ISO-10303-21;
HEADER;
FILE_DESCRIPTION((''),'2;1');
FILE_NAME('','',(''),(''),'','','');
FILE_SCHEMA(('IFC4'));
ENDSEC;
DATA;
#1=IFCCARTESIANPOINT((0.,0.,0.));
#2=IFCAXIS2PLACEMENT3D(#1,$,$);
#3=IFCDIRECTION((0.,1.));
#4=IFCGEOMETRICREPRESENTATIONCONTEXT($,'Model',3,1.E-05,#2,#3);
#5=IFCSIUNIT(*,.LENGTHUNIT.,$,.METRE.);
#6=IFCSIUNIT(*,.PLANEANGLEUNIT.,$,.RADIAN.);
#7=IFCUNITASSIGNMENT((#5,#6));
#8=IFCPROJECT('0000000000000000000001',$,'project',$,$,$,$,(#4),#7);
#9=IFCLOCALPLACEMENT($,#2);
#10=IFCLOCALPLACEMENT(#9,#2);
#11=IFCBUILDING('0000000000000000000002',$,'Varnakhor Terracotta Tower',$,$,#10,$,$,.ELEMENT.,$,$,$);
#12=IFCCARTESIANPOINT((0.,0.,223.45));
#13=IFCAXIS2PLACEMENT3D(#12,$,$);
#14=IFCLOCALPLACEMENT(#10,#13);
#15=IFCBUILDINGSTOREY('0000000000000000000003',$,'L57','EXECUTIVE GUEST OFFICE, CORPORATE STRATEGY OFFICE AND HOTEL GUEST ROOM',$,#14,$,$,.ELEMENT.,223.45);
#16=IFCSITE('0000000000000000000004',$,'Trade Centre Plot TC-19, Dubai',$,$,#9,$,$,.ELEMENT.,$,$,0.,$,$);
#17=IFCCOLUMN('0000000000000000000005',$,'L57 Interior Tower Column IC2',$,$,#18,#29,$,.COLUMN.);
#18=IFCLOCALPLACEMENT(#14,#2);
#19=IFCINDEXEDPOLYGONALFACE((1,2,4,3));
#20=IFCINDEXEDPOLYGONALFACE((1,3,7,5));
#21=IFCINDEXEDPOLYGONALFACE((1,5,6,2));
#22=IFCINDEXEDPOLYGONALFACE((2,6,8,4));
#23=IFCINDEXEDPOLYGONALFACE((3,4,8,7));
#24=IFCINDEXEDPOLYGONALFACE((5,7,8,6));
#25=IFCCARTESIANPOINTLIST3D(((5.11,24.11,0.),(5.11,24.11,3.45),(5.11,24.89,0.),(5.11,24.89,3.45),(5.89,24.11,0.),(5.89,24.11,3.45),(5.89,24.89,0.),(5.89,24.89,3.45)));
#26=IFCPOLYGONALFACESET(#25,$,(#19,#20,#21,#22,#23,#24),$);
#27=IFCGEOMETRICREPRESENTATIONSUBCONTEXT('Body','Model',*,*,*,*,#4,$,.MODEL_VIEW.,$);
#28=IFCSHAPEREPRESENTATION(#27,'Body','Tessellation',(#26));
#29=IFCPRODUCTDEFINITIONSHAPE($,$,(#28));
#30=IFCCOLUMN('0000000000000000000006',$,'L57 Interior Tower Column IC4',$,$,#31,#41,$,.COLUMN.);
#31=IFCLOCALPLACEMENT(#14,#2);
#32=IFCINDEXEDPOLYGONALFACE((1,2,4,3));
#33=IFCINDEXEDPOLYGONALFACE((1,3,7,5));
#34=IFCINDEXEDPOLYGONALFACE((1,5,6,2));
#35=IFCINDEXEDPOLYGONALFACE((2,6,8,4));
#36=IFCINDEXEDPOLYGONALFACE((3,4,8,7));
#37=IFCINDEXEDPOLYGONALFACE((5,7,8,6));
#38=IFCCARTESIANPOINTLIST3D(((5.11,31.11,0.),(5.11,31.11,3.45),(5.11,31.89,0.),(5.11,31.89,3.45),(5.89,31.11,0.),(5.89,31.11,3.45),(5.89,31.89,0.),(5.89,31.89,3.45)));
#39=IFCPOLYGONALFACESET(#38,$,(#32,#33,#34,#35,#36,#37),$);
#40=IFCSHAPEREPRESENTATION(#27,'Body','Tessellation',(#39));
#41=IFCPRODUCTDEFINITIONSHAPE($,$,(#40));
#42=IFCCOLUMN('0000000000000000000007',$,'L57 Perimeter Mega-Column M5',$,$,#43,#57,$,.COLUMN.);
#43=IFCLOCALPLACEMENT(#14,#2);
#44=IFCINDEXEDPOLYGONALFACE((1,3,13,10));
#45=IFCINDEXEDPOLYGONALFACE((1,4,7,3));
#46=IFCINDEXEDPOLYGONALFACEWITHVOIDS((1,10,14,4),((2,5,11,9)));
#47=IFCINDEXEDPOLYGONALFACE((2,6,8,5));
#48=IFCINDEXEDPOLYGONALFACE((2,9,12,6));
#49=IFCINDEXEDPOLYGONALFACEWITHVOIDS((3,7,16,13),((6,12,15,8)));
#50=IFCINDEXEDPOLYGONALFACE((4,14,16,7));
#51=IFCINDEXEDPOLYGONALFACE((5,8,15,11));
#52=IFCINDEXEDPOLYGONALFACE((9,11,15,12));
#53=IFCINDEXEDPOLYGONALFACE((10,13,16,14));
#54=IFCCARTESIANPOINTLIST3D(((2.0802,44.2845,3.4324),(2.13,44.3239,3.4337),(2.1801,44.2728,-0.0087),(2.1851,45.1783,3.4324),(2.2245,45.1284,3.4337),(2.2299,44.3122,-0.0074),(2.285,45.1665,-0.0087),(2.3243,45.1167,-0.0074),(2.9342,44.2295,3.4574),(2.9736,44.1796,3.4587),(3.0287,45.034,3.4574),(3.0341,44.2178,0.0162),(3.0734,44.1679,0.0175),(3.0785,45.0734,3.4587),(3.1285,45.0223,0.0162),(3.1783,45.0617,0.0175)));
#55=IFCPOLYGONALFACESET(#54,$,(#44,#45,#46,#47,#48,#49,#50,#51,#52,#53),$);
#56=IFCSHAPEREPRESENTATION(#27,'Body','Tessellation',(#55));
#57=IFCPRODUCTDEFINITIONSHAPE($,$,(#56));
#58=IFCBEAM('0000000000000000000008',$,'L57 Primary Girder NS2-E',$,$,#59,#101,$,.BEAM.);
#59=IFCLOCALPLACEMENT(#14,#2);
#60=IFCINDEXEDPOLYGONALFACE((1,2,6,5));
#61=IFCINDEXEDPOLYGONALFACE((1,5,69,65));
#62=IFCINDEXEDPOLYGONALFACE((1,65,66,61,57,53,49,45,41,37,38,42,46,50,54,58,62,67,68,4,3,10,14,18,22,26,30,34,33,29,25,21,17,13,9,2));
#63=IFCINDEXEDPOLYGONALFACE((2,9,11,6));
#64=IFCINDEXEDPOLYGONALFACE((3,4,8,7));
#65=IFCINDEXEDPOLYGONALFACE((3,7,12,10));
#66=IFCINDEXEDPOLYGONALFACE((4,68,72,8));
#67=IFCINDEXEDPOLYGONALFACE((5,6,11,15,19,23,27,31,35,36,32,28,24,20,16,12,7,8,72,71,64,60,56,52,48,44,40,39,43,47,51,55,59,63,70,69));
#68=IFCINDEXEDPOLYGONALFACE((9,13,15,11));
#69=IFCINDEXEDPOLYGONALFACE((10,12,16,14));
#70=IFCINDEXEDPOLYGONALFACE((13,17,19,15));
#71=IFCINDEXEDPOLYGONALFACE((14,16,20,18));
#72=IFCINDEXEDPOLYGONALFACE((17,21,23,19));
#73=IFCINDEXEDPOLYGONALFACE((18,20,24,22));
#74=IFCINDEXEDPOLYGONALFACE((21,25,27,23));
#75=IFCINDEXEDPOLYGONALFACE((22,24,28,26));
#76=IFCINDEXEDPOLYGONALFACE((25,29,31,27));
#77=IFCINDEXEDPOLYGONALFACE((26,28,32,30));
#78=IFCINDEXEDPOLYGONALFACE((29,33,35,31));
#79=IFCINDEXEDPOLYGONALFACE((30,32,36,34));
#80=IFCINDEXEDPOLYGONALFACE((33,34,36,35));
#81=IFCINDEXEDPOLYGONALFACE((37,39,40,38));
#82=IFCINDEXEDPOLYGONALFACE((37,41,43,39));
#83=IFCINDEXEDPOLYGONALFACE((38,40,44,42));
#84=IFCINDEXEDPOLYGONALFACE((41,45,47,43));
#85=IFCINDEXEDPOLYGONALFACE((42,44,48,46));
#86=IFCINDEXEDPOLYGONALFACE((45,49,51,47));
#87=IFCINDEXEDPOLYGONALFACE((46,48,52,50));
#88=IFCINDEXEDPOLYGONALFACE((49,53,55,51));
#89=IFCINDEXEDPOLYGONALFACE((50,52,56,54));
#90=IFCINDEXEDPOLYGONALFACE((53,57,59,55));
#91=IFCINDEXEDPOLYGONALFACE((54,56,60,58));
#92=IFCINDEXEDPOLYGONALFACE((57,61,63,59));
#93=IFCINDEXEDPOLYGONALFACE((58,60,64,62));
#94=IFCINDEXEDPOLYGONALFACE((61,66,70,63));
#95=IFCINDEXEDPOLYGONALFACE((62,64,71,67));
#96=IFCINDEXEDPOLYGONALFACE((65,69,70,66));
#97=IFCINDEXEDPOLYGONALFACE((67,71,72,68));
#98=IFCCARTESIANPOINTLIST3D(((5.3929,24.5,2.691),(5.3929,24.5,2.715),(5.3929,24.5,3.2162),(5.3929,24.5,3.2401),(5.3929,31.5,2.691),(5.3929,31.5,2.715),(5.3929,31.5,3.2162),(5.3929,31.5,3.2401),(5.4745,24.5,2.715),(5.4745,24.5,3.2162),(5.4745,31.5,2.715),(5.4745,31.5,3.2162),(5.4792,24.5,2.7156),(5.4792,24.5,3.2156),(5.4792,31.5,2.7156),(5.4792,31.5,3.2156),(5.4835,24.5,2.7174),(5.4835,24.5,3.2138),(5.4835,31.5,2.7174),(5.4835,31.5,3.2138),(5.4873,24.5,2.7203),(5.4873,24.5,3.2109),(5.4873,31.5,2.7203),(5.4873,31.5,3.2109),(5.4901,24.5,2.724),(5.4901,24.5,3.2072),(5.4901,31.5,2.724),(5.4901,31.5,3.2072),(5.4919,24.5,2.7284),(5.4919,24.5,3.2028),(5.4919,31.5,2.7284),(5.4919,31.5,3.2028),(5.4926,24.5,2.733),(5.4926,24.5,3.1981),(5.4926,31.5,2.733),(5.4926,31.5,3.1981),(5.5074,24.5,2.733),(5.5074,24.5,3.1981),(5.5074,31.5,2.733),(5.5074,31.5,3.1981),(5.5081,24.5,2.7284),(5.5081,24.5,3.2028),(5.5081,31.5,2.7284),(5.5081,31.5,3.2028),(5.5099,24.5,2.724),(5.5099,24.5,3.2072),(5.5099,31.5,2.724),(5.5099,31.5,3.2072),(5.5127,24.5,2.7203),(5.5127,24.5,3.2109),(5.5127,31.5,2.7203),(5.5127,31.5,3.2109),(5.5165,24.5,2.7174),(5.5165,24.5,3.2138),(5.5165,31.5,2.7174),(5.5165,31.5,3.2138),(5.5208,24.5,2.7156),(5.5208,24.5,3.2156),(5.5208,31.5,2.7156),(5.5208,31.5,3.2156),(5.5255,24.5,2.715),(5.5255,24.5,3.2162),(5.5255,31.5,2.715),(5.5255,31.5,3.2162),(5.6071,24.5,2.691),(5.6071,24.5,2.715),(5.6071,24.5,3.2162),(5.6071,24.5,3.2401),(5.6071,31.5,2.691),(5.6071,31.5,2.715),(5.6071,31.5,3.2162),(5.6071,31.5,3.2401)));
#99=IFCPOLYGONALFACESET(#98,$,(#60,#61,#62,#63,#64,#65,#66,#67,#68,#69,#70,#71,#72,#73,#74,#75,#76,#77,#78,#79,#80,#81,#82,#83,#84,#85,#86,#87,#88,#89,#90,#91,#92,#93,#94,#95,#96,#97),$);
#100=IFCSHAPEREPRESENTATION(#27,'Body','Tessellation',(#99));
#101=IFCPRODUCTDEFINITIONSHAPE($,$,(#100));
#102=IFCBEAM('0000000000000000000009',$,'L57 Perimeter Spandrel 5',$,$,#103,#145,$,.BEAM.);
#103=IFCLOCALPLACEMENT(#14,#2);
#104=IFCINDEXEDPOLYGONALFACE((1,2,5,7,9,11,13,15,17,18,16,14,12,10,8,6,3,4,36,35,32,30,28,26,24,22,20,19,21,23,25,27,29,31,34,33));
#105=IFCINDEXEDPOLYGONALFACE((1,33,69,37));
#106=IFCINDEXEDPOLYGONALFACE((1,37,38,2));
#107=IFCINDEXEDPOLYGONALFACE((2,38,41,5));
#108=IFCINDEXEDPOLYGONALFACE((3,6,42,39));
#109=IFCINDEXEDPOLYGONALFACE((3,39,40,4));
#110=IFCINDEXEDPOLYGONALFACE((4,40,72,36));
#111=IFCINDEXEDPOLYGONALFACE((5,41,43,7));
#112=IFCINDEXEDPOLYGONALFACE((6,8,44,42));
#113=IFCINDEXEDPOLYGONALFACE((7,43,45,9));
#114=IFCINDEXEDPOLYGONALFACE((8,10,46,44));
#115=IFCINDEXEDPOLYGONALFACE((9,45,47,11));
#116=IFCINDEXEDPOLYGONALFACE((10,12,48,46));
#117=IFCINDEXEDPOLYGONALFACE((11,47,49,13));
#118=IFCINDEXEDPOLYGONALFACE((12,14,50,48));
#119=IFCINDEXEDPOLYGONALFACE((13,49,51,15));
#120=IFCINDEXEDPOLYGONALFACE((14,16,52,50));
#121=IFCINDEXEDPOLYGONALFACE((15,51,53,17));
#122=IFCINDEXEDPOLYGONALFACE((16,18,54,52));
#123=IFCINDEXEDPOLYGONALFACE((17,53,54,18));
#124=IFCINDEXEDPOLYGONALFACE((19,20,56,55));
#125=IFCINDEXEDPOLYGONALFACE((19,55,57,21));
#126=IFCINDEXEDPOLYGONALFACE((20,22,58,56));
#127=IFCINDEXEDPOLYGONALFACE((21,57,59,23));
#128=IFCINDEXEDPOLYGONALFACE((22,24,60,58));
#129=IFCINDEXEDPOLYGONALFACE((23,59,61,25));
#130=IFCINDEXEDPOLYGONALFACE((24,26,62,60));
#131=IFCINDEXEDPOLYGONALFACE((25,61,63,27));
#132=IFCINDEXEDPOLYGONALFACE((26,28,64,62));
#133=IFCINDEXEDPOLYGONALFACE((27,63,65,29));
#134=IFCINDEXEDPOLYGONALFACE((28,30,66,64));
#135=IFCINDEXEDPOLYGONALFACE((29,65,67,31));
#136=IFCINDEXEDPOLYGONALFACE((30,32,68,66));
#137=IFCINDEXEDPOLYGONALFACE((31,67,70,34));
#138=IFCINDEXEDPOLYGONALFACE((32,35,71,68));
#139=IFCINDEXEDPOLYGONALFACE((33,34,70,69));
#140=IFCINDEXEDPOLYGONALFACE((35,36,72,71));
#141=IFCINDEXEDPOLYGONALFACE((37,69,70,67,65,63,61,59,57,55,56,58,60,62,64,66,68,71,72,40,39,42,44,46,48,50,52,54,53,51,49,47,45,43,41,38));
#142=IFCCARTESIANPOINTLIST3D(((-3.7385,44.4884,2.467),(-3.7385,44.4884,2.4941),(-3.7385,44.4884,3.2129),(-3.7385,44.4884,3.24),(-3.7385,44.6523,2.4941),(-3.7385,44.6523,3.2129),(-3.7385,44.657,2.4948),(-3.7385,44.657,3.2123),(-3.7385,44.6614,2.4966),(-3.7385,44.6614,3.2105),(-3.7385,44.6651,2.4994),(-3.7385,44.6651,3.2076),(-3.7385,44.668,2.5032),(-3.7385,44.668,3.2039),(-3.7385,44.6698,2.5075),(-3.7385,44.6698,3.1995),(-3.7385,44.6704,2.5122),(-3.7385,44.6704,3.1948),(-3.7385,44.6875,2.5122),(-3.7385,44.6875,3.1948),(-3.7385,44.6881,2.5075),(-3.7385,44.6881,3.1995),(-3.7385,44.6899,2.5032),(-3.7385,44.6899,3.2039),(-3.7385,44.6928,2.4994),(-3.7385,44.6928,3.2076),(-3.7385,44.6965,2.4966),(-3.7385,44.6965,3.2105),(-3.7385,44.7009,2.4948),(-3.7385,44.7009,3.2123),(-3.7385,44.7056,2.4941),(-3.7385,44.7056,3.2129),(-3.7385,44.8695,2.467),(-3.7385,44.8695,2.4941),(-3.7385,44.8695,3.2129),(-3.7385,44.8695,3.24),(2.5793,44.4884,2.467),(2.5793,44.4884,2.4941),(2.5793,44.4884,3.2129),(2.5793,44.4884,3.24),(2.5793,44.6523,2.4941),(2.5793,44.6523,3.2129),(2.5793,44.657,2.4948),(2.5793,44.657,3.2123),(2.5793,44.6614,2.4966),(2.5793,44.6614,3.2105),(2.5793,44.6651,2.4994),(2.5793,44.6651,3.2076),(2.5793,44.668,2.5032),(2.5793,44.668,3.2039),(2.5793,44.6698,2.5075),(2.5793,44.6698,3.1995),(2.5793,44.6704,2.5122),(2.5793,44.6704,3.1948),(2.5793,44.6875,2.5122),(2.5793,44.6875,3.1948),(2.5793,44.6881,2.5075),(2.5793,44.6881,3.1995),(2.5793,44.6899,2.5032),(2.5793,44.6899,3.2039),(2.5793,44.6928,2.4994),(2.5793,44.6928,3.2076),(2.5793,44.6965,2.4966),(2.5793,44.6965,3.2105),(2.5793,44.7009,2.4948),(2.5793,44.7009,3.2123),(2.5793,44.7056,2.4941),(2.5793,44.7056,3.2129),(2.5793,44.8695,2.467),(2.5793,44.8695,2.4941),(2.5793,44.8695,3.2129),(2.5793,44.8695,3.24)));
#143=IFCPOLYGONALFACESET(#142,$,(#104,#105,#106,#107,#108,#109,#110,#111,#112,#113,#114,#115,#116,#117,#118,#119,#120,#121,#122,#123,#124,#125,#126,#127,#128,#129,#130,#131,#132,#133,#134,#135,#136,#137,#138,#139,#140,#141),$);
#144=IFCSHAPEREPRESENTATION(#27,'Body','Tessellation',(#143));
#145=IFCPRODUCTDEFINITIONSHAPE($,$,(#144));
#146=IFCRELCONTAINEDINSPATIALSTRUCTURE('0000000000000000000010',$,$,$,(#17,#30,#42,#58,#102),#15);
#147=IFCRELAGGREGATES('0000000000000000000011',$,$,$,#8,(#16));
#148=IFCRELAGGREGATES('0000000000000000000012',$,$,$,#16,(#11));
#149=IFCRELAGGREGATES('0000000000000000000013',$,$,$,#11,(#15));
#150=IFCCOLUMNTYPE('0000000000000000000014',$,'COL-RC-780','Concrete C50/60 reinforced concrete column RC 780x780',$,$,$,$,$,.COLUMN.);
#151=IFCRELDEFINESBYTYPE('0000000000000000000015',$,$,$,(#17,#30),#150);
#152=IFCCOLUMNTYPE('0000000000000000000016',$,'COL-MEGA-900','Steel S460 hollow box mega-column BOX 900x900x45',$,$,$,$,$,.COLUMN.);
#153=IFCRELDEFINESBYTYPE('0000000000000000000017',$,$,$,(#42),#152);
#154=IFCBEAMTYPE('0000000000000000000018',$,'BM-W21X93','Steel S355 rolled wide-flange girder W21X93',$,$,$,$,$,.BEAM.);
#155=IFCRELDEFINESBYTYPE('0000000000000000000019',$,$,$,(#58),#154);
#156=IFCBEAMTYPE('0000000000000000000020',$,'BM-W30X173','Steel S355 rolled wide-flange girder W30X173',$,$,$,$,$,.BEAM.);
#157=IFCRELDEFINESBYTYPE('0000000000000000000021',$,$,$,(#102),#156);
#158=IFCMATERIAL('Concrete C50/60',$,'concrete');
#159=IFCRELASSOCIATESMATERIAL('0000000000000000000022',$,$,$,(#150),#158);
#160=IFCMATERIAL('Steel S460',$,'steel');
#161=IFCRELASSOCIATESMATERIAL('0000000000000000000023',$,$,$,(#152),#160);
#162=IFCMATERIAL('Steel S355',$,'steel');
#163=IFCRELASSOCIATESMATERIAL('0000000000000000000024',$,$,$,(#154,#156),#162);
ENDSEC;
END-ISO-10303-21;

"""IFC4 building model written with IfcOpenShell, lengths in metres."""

from ifc_helpers import new_model, si_unit, direction, frame, origin, origin_2d, place, context, subcontext, project, spatial, rectangle, hollow_rectangle, i_section, extrude, source, transform, mapped, material, material_profile, profile_set, type_object, element, save


model = new_model("IFC4")

# Units and contexts
model_context = context("Model", 3, precision=1e-05, world=origin(), true_north=direction((0.0, 1.0)))
body_context = subcontext(model_context, "Body", "Model", "MODEL_VIEW")
ifc_project = project(units=[si_unit("LENGTHUNIT", "METRE"), si_unit("PLANEANGLEUNIT", "RADIAN")], contexts=[model_context])

# Site, building, storey
site_placement = place(None, origin())
site = spatial("IfcSite", under=ifc_project, at=site_placement, Name="Trade Centre Plot TC-19, Dubai", CompositionType="ELEMENT", RefElevation=0.0)
building_placement = place(site_placement, origin())
building = spatial("IfcBuilding", under=site, at=building_placement, Name="Varnakhor Terracotta Tower", CompositionType="ELEMENT")
storey_placement = place(building_placement, frame((0.0, 0.0, 223.45)))
storey = spatial("IfcBuildingStorey", under=building, at=storey_placement, Name="L57", Description="EXECUTIVE GUEST OFFICE, CORPORATE STRATEGY OFFICE AND HOTEL GUEST ROOM", CompositionType="ELEMENT", Elevation=223.45)

# Columns
ifc_material_1 = material(Name="Concrete C50/60", Category="concrete")
ifc_material_profile_1 = material_profile(ifc_material_1, rectangle(XDim=0.78, YDim=0.78, at=origin_2d()), Name="RC 780x780")
ifc_profile_set_1 = profile_set([ifc_material_profile_1], Name="Concrete C50/60")
column_type_1 = type_object("IfcColumnType", Name="COL-RC-780", Description="Concrete C50/60 reinforced concrete column RC 780x780", PredefinedType="COLUMN", material=ifc_profile_set_1)
shared_shape_1 = source(origin(), body_context, "Body", "SweptSolid", [
    extrude(rectangle(XDim=0.78, YDim=0.78, at=origin_2d()), origin(), (0.0, 0.0, 1.0), 3.45),
])
for number, where, z_axis, x_axis, name in (
    (1, (5.5, 24.5, 0.0), (0.0, 0.0, 1.0), (1.0, 0.0, 0.0), "L57 Interior Tower Column IC2"),
    (2, (5.5, 31.5, 0.0), (0.0, 0.0, 1.0), (1.0, 0.0, 0.0), "L57 Interior Tower Column IC4"),
):
    element("IfcColumn", number, at=place(storey_placement, frame(where, z_axis=z_axis, x_axis=x_axis)), inside=storey, type_object=column_type_1, Name=name, PredefinedType="COLUMN", context=body_context, shape_type="MappedRepresentation", body=[
        mapped(shared_shape_1, transform((0.0, 0.0, 0.0), scale=1.0)),
    ])
ifc_material_2 = material(Name="Steel S460", Category="steel")
ifc_material_profile_2 = material_profile(ifc_material_2, hollow_rectangle(XDim=0.8999, YDim=0.8999, WallThickness=0.0449, at=origin_2d()), Name="BOX 900x900x45")
ifc_profile_set_2 = profile_set([ifc_material_profile_2], Name="Steel S460")
column_type_2 = type_object("IfcColumnType", Name="COL-MEGA-900", Description="Steel S460 hollow box mega-column BOX 900x900x45", PredefinedType="COLUMN", material=ifc_profile_set_2)
shared_shape_2 = source(origin(), body_context, "Body", "SweptSolid", [
    extrude(hollow_rectangle(XDim=0.8999, YDim=0.8999, WallThickness=0.0449, at=origin_2d()), origin(), (0.0, 0.0, 1.0), 3.4426),
])
column_placement = place(storey_placement, frame((2.6792, 44.6672, 0.0044), z_axis=(-0.029005, 0.003404, 0.999573), x_axis=(-0.116559, -0.993184, 0.0)))
element("IfcColumn", 3, at=column_placement, inside=storey, type_object=column_type_2, Name="L57 Perimeter Mega-Column M5", PredefinedType="COLUMN", context=body_context, shape_type="MappedRepresentation", body=[
    mapped(shared_shape_2, transform((0.0, 0.0, 0.0), scale=1.0)),
])

# Beams
ifc_material_3 = material(Name="Steel S355", Category="steel")
ifc_material_profile_3 = material_profile(ifc_material_3, i_section(OverallWidth=0.2141, OverallDepth=0.5491, WebThickness=0.0149, FlangeThickness=0.0239, FilletRadius=0.0181, at=origin_2d()), Name="W21X93")
ifc_profile_set_3 = profile_set([ifc_material_profile_3], Name="Steel S355")
beam_type_1 = type_object("IfcBeamType", Name="BM-W21X93", Description="Steel S355 rolled wide-flange girder W21X93", PredefinedType="BEAM", material=ifc_profile_set_3)
shared_shape_3 = source(origin(), body_context, "Body", "SweptSolid", [
    extrude(i_section(OverallWidth=0.2141, OverallDepth=0.5491, WebThickness=0.0149, FlangeThickness=0.0239, FilletRadius=0.0181, at=origin_2d()), origin(), (0.0, 0.0, 1.0), 7.0),
])
beam_1_placement = place(storey_placement, frame((5.5, 24.5, 2.9656), z_axis=(0.0, 1.0, 0.0), x_axis=(-1.0, 0.0, 0.0)))
element("IfcBeam", 4, at=beam_1_placement, inside=storey, type_object=beam_type_1, Name="L57 Primary Girder NS2-E", PredefinedType="BEAM", context=body_context, shape_type="MappedRepresentation", body=[
    mapped(shared_shape_3, transform((0.0, 0.0, 0.0), scale=1.0)),
])
ifc_material_profile_4 = material_profile(ifc_material_3, i_section(OverallWidth=0.3811, OverallDepth=0.7729, WebThickness=0.0171, FlangeThickness=0.0271, FilletRadius=0.0181, at=origin_2d()), Name="W30X173")
ifc_profile_set_4 = profile_set([ifc_material_profile_4], Name="Steel S355")
beam_type_2 = type_object("IfcBeamType", Name="BM-W30X173", Description="Steel S355 rolled wide-flange girder W30X173", PredefinedType="BEAM", material=ifc_profile_set_4)
shared_shape_4 = source(origin(), body_context, "Body", "SweptSolid", [
    extrude(i_section(OverallWidth=0.3811, OverallDepth=0.7729, WebThickness=0.0171, FlangeThickness=0.0271, FilletRadius=0.0181, at=origin_2d()), origin(), (0.0, 0.0, 1.0), 6.3179),
])
beam_2_placement = place(storey_placement, frame((2.5793, 44.679, 2.8535), z_axis=(-1.0, 0.0, 0.0), x_axis=(0.0, -1.0, 0.0)))
element("IfcBeam", 5, at=beam_2_placement, inside=storey, type_object=beam_type_2, Name="L57 Perimeter Spandrel 5", PredefinedType="BEAM", context=body_context, shape_type="MappedRepresentation", body=[
    mapped(shared_shape_4, transform((0.0, 0.0, 0.0), scale=1.0)),
])

save(model, "model.ifc")
